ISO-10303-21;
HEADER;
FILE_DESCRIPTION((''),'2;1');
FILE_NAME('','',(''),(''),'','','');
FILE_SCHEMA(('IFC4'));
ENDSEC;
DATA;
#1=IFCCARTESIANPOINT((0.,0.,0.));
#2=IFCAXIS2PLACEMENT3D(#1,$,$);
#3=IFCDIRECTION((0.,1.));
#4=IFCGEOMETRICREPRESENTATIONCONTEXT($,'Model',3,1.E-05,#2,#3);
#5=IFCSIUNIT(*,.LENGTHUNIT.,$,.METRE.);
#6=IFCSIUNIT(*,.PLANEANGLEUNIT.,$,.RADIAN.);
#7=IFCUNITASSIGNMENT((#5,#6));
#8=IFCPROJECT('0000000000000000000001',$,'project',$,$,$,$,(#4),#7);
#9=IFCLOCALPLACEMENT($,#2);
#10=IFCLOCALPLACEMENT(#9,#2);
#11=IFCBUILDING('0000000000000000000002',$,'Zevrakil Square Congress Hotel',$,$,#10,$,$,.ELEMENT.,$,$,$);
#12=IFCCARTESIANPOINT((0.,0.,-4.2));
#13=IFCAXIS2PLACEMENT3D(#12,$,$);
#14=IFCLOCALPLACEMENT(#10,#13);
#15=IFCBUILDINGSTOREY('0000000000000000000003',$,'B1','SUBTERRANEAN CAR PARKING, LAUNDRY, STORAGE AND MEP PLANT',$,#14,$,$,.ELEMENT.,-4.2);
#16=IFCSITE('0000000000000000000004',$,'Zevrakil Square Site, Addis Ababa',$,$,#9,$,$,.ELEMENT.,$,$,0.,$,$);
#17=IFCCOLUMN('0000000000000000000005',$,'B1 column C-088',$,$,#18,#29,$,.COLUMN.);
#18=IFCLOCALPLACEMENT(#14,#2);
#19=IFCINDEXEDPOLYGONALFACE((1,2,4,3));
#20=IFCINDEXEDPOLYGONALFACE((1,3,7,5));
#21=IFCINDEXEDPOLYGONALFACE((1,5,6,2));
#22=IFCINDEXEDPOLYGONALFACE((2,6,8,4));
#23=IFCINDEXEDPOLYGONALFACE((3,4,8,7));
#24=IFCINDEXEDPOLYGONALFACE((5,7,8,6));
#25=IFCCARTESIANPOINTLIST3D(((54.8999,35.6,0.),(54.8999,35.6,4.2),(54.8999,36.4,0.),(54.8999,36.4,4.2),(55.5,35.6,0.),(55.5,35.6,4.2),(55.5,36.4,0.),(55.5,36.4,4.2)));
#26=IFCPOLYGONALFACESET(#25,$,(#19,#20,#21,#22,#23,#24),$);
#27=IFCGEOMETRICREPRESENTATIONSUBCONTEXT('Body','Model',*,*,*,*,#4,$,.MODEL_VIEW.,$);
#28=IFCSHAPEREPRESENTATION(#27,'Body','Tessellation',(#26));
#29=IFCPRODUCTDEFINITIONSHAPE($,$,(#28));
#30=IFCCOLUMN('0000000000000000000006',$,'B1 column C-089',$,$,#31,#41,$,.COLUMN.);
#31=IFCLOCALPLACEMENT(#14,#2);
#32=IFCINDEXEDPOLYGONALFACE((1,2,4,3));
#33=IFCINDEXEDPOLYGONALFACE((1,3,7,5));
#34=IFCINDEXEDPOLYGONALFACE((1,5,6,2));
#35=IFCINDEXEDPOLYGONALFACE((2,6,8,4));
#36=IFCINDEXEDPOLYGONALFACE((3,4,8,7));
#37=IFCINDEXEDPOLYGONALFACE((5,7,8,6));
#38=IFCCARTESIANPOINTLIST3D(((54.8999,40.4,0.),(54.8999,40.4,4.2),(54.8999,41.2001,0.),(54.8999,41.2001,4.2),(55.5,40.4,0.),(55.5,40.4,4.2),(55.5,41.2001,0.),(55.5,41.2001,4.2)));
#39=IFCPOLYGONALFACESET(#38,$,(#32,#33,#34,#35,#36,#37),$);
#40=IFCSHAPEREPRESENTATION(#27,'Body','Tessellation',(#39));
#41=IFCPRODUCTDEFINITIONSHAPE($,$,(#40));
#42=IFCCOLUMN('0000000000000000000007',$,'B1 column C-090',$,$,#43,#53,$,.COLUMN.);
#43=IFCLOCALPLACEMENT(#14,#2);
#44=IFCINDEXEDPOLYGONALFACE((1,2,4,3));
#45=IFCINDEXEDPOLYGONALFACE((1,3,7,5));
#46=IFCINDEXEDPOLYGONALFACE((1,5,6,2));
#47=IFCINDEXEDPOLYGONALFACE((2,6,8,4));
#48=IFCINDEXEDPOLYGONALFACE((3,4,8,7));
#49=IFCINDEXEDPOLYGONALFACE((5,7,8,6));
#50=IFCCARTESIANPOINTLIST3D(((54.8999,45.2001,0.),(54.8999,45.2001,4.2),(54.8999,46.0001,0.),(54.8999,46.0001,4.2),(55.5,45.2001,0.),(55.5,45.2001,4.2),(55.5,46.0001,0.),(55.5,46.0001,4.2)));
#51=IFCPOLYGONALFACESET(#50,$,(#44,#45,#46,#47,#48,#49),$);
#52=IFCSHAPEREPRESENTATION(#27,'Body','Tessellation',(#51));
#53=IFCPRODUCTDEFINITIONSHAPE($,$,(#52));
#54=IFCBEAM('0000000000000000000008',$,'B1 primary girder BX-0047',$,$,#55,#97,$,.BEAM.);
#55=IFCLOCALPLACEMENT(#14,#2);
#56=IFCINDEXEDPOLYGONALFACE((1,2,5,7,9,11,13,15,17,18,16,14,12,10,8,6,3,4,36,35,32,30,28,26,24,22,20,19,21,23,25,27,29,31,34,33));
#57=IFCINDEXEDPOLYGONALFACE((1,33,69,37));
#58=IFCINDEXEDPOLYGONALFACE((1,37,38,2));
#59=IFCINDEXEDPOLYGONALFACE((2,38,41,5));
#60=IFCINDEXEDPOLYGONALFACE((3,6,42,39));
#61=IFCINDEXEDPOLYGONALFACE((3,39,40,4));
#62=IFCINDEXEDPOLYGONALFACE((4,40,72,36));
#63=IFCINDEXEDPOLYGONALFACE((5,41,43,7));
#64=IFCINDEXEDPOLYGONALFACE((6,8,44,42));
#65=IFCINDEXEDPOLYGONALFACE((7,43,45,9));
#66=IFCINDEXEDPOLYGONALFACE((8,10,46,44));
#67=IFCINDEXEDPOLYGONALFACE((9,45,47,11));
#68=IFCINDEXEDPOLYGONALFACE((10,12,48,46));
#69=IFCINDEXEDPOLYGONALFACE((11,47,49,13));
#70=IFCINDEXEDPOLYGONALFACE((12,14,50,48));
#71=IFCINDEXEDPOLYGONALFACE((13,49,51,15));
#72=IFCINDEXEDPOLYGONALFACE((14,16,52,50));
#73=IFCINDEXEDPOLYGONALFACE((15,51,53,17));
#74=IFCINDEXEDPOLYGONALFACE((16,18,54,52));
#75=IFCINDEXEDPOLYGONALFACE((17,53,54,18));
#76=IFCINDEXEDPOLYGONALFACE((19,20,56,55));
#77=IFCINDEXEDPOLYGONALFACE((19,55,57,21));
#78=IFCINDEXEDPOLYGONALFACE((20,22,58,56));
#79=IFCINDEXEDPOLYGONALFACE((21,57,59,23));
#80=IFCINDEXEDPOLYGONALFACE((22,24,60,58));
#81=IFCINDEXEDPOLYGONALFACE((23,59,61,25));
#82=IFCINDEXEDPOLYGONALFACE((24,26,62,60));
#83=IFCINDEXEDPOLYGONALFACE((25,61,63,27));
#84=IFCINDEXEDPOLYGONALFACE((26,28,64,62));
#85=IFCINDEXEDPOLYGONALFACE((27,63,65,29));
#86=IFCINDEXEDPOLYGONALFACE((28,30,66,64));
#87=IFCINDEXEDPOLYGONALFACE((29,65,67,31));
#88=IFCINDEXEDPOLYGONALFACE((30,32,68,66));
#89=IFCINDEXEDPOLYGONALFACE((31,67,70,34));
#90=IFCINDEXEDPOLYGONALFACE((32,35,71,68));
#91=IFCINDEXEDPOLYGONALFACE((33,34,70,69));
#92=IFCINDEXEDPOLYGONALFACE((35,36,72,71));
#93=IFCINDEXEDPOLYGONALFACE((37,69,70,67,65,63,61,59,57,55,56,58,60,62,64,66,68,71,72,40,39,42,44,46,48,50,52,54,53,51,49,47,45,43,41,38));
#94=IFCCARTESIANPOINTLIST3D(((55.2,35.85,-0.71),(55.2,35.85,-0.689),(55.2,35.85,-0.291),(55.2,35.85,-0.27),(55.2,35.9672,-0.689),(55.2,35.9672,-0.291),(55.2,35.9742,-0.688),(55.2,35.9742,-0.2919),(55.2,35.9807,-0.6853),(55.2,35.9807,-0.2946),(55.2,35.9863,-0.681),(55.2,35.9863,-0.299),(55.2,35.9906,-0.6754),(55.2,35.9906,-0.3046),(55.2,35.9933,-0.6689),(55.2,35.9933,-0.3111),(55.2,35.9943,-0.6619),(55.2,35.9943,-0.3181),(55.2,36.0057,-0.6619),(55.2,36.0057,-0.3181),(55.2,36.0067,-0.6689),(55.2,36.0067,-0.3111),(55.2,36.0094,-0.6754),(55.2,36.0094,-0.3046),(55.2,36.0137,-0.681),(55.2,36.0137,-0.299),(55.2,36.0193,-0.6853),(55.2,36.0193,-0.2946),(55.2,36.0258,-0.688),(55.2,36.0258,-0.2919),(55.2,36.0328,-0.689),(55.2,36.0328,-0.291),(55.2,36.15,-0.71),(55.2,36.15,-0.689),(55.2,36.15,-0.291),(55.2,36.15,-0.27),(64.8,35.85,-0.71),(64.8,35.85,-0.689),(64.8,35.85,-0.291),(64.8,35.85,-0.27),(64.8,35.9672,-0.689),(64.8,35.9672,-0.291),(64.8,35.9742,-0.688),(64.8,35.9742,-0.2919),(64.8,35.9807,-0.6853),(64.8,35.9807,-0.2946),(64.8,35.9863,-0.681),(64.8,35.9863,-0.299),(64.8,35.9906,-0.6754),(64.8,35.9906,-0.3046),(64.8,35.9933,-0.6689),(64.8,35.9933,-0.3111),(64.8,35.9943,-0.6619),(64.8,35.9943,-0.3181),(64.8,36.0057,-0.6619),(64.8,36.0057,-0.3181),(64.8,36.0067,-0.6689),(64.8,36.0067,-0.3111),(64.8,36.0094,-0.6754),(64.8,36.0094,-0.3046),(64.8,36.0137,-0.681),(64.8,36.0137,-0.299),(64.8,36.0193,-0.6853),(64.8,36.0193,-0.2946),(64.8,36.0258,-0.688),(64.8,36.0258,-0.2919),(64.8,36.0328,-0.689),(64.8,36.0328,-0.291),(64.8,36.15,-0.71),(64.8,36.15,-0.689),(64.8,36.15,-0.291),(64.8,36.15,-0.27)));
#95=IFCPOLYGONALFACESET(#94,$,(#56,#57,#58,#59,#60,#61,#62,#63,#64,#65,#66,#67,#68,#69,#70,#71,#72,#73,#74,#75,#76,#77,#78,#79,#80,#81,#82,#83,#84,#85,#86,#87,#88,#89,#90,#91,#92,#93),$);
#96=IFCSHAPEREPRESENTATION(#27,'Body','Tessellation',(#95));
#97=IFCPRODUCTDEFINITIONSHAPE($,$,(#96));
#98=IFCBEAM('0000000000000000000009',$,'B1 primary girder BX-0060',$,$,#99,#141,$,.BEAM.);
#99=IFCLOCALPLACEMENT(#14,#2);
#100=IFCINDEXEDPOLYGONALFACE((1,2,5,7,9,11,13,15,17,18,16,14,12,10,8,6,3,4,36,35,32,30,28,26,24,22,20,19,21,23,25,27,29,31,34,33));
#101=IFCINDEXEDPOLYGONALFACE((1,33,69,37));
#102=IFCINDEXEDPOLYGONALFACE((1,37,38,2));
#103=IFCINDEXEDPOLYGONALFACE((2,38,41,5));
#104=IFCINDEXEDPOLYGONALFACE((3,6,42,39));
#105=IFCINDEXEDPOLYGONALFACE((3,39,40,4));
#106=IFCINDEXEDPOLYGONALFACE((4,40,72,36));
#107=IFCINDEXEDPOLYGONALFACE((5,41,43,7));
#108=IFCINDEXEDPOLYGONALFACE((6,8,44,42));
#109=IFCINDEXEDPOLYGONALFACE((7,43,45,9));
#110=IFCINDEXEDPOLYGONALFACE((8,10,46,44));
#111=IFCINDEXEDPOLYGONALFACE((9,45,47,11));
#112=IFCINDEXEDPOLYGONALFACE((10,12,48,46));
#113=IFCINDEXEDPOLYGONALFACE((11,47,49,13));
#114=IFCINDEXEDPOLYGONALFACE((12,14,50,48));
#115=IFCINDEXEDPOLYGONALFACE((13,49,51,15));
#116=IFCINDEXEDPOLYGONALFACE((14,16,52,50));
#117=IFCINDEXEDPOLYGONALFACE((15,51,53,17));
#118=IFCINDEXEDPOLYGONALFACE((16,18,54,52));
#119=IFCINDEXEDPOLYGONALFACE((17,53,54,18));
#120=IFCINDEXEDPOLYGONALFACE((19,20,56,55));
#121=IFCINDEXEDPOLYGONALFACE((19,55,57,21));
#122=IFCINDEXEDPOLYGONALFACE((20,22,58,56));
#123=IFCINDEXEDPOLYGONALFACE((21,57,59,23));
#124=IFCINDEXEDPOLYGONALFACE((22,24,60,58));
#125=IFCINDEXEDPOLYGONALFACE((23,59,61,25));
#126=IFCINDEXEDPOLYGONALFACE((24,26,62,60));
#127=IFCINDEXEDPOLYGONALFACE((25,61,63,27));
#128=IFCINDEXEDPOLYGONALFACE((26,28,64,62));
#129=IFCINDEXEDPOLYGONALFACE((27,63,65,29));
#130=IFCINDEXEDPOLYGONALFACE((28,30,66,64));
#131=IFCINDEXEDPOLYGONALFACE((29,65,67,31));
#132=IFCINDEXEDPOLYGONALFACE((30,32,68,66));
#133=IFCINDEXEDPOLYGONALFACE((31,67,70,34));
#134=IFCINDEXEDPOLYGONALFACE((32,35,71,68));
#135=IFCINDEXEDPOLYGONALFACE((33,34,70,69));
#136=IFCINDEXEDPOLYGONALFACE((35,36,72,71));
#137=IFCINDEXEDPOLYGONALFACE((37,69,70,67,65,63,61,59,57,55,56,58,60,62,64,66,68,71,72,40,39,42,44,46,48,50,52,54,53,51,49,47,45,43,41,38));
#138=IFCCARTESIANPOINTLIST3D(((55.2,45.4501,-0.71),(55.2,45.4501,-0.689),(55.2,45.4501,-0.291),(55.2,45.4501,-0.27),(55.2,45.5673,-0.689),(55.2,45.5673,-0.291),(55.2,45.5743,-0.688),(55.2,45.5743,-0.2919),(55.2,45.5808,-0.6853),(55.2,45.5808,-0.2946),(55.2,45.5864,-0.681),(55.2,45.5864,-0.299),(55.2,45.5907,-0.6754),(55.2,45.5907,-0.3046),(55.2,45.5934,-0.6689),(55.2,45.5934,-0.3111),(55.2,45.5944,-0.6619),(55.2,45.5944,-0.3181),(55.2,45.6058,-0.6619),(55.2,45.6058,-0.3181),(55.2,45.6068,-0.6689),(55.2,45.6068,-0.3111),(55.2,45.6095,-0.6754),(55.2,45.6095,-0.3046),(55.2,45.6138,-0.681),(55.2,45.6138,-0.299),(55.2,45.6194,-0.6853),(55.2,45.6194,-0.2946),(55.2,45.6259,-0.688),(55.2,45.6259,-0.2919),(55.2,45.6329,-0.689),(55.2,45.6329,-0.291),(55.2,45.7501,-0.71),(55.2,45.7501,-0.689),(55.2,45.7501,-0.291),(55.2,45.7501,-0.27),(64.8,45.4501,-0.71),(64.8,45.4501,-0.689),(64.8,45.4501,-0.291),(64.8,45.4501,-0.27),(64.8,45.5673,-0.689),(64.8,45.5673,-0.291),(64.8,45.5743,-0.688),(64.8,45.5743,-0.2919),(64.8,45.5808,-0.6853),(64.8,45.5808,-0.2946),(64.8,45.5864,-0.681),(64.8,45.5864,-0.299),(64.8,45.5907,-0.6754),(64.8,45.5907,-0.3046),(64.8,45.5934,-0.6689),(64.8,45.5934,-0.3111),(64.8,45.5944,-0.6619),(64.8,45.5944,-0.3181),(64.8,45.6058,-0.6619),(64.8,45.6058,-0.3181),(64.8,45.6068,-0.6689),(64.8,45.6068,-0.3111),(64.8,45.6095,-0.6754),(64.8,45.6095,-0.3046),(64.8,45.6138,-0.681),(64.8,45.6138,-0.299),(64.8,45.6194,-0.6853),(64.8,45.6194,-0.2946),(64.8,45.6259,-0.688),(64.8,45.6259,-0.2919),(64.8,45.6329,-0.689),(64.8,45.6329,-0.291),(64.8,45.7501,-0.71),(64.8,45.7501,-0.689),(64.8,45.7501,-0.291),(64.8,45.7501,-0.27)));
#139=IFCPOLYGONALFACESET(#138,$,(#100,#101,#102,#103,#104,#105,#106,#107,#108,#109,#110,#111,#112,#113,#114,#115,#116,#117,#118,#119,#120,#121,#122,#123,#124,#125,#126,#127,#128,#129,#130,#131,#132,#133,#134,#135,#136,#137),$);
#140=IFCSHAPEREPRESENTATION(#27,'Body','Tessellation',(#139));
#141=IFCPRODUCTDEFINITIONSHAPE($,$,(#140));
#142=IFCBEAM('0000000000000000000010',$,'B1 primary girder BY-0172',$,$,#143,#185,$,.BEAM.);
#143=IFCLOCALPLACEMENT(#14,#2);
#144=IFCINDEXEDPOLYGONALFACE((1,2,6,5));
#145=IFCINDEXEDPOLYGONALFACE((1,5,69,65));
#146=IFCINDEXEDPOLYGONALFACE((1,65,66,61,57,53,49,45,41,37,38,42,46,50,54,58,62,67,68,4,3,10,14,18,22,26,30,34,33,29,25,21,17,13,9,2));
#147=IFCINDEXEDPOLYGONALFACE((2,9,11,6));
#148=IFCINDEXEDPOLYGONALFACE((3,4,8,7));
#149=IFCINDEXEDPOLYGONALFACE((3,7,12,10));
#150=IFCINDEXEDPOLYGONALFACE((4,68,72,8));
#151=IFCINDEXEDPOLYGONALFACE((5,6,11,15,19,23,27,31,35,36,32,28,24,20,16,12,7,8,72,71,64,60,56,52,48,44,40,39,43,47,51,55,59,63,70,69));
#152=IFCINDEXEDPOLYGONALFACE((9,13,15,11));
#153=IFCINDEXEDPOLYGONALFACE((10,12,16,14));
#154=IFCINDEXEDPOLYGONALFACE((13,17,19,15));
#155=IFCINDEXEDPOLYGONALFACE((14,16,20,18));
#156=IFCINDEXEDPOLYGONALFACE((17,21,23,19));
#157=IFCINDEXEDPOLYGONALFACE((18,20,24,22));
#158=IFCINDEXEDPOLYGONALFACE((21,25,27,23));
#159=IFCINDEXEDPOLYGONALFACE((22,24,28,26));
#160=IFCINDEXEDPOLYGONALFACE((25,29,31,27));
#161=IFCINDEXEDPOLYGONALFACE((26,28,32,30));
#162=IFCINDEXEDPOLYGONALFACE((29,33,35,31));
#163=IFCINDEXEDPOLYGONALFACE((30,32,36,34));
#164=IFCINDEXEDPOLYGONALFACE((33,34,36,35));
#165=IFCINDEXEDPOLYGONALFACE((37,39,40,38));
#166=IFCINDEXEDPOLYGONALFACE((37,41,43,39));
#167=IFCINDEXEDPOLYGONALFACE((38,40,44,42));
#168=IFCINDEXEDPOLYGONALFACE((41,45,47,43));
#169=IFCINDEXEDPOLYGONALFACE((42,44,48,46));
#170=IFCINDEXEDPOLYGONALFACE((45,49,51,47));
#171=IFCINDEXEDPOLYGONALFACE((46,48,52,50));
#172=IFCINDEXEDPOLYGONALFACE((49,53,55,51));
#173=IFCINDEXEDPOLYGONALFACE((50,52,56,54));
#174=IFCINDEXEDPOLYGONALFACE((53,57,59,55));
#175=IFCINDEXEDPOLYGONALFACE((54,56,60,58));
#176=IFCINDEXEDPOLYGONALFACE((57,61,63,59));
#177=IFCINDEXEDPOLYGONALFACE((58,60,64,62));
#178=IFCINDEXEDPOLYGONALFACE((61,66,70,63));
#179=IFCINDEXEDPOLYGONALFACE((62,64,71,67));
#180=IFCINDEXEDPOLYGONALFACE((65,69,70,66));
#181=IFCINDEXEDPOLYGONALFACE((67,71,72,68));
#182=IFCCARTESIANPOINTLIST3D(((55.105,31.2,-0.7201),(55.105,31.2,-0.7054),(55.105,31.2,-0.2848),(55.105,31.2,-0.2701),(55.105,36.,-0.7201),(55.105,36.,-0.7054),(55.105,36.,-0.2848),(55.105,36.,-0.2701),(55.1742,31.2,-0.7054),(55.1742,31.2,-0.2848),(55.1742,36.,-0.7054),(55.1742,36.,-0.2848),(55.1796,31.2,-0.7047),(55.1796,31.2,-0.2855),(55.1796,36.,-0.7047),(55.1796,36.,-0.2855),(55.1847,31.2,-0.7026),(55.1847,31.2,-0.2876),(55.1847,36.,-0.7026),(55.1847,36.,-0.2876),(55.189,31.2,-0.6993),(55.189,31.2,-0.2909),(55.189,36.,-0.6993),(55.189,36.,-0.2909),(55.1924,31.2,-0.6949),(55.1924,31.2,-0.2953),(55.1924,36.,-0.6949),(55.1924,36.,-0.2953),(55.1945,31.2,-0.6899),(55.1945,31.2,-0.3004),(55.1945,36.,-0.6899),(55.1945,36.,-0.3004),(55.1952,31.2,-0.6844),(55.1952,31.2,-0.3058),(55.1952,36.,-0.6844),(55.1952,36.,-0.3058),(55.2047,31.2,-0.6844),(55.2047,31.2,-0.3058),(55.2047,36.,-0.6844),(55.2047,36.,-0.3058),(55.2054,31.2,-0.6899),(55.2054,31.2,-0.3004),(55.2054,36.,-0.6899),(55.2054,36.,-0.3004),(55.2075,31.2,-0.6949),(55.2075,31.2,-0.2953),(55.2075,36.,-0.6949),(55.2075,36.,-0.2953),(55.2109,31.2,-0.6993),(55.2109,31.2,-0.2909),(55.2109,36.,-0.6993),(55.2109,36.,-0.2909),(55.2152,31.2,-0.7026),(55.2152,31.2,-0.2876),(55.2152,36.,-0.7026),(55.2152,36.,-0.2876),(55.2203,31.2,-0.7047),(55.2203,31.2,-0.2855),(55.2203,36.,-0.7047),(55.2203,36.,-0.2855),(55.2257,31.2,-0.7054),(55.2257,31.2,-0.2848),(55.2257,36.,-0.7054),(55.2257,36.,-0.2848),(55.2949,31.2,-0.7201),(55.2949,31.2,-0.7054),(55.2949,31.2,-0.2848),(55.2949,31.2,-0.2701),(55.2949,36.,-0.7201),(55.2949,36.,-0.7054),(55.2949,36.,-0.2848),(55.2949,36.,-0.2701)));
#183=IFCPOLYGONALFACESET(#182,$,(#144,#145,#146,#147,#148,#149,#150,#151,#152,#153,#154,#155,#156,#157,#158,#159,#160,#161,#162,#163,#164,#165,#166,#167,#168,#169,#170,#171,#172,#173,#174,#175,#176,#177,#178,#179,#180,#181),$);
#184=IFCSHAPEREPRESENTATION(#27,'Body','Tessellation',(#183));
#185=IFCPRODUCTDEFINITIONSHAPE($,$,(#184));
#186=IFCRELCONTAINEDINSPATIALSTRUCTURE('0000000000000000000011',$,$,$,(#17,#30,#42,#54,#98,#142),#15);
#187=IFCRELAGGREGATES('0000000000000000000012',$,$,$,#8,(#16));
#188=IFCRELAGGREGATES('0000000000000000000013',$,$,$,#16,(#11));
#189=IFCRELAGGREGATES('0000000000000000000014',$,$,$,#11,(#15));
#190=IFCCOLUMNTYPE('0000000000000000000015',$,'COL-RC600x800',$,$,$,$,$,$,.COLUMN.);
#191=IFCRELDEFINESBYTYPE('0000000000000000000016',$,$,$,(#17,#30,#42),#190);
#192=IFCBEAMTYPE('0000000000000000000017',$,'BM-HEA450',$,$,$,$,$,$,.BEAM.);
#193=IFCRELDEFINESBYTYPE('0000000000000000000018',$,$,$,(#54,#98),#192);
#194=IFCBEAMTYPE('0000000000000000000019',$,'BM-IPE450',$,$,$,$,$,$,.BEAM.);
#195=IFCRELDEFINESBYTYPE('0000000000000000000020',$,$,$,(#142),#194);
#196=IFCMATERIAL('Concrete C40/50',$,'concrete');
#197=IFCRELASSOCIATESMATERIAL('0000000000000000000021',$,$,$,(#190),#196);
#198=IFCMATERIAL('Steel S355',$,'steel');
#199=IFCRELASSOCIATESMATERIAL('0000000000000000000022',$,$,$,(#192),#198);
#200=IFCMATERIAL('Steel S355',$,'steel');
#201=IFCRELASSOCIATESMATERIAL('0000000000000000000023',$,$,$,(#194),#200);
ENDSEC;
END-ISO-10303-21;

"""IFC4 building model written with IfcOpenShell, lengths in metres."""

from ifc_helpers import new_model, si_unit, direction, frame, origin, origin_2d, place, context, subcontext, project, spatial, rectangle, i_section, extrude, material, material_profile, profile_set, type_object, element, save


model = new_model("IFC4")

# Units and contexts
model_context = context("Model", 3, precision=1e-05, world=origin(), true_north=direction((0.0, 1.0)))
body_context = subcontext(model_context, "Body", "Model", "MODEL_VIEW")
ifc_project = project(units=[si_unit("LENGTHUNIT", "METRE"), si_unit("PLANEANGLEUNIT", "RADIAN")], contexts=[model_context])

# Site, building, storey
site_placement = place(None, origin())
site = spatial("IfcSite", under=ifc_project, at=site_placement, Name="Zevrakil Square Site, Addis Ababa", CompositionType="ELEMENT", RefElevation=0.0)
building_placement = place(site_placement, origin())
building = spatial("IfcBuilding", under=site, at=building_placement, Name="Zevrakil Square Congress Hotel", CompositionType="ELEMENT")
storey_placement = place(building_placement, frame((0.0, 0.0, -4.2)))
storey = spatial("IfcBuildingStorey", under=building, at=storey_placement, Name="B1", Description="SUBTERRANEAN CAR PARKING, LAUNDRY, STORAGE AND MEP PLANT", CompositionType="ELEMENT", Elevation=-4.2)

# Columns
ifc_material_1 = material(Name="Concrete C40/50", Category="concrete")
ifc_material_profile_1 = material_profile(ifc_material_1, rectangle(XDim=0.6001, YDim=0.8, at=origin_2d()), Name="RC 600x800")
ifc_profile_set_1 = profile_set([ifc_material_profile_1], Name="Concrete C40/50")
column_type_1 = type_object("IfcColumnType", Name="COL-RC600x800", PredefinedType="COLUMN", material=ifc_profile_set_1)
for number, where, z_axis, x_axis, name in (
    (1, (55.2, 36.0, 0.0), (0.0, 0.0, 1.0), (1.0, 0.0, 0.0), "B1 column C-088"),
    (2, (55.2, 40.8, 0.0), (0.0, 0.0, 1.0), (1.0, 0.0, 0.0), "B1 column C-089"),
    (3, (55.2, 45.6001, 0.0), (0.0, 0.0, 1.0), (1.0, 0.0, 0.0), "B1 column C-090"),
):
    element("IfcColumn", number, at=place(storey_placement, frame(where, z_axis=z_axis, x_axis=x_axis)), inside=storey, type_object=column_type_1, Name=name, PredefinedType="COLUMN", context=body_context, shape_type="SweptSolid", body=[
        extrude(rectangle(XDim=0.6001, YDim=0.8, at=origin_2d()), origin(), (0.0, 0.0, 1.0), 4.2),
    ])

# Beams
ifc_material_2 = material(Name="Steel S355", Category="steel")
ifc_material_profile_2 = material_profile(ifc_material_2, i_section(OverallWidth=0.3, OverallDepth=0.4399, WebThickness=0.0115, FlangeThickness=0.021, FilletRadius=0.0271, at=origin_2d()), Name="HEA 450")
ifc_profile_set_2 = profile_set([ifc_material_profile_2], Name="Steel S355")
beam_type_1 = type_object("IfcBeamType", Name="BM-HEA450", PredefinedType="BEAM", material=ifc_profile_set_2)
for number, where, z_axis, x_axis, name in (
    (4, (55.2, 36.0, -0.49), (1.0, 0.0, 0.0), (0.0, 1.0, 0.0), "B1 primary girder BX-0047"),
    (5, (55.2, 45.6001, -0.49), (1.0, 0.0, 0.0), (0.0, 1.0, 0.0), "B1 primary girder BX-0060"),
):
    element("IfcBeam", number, at=place(storey_placement, frame(where, z_axis=z_axis, x_axis=x_axis)), inside=storey, type_object=beam_type_1, Name=name, PredefinedType="BEAM", context=body_context, shape_type="SweptSolid", body=[
        extrude(i_section(OverallWidth=0.3, OverallDepth=0.4399, WebThickness=0.0115, FlangeThickness=0.021, FilletRadius=0.0271, at=origin_2d()), origin(), (0.0, 0.0, 1.0), 9.6001),
    ])
ifc_material_3 = material(Name="Steel S355", Category="steel")
ifc_material_profile_3 = material_profile(ifc_material_3, i_section(OverallWidth=0.1899, OverallDepth=0.45, WebThickness=0.0095, FlangeThickness=0.0146, FilletRadius=0.021, at=origin_2d()), Name="IPE 450")
ifc_profile_set_3 = profile_set([ifc_material_profile_3], Name="Steel S355")
beam_type_2 = type_object("IfcBeamType", Name="BM-IPE450", PredefinedType="BEAM", material=ifc_profile_set_3)
for number, where, z_axis, x_axis, name in (
    (6, (55.2, 31.2, -0.4951), (0.0, 1.0, 0.0), (-1.0, 0.0, 0.0), "B1 primary girder BY-0172"),
):
    element("IfcBeam", number, at=place(storey_placement, frame(where, z_axis=z_axis, x_axis=x_axis)), inside=storey, type_object=beam_type_2, Name=name, PredefinedType="BEAM", context=body_context, shape_type="SweptSolid", body=[
        extrude(i_section(OverallWidth=0.1899, OverallDepth=0.45, WebThickness=0.0095, FlangeThickness=0.0146, FilletRadius=0.021, at=origin_2d()), origin(), (0.0, 0.0, 1.0), 4.8),
    ])

save(model, "model.ifc")
